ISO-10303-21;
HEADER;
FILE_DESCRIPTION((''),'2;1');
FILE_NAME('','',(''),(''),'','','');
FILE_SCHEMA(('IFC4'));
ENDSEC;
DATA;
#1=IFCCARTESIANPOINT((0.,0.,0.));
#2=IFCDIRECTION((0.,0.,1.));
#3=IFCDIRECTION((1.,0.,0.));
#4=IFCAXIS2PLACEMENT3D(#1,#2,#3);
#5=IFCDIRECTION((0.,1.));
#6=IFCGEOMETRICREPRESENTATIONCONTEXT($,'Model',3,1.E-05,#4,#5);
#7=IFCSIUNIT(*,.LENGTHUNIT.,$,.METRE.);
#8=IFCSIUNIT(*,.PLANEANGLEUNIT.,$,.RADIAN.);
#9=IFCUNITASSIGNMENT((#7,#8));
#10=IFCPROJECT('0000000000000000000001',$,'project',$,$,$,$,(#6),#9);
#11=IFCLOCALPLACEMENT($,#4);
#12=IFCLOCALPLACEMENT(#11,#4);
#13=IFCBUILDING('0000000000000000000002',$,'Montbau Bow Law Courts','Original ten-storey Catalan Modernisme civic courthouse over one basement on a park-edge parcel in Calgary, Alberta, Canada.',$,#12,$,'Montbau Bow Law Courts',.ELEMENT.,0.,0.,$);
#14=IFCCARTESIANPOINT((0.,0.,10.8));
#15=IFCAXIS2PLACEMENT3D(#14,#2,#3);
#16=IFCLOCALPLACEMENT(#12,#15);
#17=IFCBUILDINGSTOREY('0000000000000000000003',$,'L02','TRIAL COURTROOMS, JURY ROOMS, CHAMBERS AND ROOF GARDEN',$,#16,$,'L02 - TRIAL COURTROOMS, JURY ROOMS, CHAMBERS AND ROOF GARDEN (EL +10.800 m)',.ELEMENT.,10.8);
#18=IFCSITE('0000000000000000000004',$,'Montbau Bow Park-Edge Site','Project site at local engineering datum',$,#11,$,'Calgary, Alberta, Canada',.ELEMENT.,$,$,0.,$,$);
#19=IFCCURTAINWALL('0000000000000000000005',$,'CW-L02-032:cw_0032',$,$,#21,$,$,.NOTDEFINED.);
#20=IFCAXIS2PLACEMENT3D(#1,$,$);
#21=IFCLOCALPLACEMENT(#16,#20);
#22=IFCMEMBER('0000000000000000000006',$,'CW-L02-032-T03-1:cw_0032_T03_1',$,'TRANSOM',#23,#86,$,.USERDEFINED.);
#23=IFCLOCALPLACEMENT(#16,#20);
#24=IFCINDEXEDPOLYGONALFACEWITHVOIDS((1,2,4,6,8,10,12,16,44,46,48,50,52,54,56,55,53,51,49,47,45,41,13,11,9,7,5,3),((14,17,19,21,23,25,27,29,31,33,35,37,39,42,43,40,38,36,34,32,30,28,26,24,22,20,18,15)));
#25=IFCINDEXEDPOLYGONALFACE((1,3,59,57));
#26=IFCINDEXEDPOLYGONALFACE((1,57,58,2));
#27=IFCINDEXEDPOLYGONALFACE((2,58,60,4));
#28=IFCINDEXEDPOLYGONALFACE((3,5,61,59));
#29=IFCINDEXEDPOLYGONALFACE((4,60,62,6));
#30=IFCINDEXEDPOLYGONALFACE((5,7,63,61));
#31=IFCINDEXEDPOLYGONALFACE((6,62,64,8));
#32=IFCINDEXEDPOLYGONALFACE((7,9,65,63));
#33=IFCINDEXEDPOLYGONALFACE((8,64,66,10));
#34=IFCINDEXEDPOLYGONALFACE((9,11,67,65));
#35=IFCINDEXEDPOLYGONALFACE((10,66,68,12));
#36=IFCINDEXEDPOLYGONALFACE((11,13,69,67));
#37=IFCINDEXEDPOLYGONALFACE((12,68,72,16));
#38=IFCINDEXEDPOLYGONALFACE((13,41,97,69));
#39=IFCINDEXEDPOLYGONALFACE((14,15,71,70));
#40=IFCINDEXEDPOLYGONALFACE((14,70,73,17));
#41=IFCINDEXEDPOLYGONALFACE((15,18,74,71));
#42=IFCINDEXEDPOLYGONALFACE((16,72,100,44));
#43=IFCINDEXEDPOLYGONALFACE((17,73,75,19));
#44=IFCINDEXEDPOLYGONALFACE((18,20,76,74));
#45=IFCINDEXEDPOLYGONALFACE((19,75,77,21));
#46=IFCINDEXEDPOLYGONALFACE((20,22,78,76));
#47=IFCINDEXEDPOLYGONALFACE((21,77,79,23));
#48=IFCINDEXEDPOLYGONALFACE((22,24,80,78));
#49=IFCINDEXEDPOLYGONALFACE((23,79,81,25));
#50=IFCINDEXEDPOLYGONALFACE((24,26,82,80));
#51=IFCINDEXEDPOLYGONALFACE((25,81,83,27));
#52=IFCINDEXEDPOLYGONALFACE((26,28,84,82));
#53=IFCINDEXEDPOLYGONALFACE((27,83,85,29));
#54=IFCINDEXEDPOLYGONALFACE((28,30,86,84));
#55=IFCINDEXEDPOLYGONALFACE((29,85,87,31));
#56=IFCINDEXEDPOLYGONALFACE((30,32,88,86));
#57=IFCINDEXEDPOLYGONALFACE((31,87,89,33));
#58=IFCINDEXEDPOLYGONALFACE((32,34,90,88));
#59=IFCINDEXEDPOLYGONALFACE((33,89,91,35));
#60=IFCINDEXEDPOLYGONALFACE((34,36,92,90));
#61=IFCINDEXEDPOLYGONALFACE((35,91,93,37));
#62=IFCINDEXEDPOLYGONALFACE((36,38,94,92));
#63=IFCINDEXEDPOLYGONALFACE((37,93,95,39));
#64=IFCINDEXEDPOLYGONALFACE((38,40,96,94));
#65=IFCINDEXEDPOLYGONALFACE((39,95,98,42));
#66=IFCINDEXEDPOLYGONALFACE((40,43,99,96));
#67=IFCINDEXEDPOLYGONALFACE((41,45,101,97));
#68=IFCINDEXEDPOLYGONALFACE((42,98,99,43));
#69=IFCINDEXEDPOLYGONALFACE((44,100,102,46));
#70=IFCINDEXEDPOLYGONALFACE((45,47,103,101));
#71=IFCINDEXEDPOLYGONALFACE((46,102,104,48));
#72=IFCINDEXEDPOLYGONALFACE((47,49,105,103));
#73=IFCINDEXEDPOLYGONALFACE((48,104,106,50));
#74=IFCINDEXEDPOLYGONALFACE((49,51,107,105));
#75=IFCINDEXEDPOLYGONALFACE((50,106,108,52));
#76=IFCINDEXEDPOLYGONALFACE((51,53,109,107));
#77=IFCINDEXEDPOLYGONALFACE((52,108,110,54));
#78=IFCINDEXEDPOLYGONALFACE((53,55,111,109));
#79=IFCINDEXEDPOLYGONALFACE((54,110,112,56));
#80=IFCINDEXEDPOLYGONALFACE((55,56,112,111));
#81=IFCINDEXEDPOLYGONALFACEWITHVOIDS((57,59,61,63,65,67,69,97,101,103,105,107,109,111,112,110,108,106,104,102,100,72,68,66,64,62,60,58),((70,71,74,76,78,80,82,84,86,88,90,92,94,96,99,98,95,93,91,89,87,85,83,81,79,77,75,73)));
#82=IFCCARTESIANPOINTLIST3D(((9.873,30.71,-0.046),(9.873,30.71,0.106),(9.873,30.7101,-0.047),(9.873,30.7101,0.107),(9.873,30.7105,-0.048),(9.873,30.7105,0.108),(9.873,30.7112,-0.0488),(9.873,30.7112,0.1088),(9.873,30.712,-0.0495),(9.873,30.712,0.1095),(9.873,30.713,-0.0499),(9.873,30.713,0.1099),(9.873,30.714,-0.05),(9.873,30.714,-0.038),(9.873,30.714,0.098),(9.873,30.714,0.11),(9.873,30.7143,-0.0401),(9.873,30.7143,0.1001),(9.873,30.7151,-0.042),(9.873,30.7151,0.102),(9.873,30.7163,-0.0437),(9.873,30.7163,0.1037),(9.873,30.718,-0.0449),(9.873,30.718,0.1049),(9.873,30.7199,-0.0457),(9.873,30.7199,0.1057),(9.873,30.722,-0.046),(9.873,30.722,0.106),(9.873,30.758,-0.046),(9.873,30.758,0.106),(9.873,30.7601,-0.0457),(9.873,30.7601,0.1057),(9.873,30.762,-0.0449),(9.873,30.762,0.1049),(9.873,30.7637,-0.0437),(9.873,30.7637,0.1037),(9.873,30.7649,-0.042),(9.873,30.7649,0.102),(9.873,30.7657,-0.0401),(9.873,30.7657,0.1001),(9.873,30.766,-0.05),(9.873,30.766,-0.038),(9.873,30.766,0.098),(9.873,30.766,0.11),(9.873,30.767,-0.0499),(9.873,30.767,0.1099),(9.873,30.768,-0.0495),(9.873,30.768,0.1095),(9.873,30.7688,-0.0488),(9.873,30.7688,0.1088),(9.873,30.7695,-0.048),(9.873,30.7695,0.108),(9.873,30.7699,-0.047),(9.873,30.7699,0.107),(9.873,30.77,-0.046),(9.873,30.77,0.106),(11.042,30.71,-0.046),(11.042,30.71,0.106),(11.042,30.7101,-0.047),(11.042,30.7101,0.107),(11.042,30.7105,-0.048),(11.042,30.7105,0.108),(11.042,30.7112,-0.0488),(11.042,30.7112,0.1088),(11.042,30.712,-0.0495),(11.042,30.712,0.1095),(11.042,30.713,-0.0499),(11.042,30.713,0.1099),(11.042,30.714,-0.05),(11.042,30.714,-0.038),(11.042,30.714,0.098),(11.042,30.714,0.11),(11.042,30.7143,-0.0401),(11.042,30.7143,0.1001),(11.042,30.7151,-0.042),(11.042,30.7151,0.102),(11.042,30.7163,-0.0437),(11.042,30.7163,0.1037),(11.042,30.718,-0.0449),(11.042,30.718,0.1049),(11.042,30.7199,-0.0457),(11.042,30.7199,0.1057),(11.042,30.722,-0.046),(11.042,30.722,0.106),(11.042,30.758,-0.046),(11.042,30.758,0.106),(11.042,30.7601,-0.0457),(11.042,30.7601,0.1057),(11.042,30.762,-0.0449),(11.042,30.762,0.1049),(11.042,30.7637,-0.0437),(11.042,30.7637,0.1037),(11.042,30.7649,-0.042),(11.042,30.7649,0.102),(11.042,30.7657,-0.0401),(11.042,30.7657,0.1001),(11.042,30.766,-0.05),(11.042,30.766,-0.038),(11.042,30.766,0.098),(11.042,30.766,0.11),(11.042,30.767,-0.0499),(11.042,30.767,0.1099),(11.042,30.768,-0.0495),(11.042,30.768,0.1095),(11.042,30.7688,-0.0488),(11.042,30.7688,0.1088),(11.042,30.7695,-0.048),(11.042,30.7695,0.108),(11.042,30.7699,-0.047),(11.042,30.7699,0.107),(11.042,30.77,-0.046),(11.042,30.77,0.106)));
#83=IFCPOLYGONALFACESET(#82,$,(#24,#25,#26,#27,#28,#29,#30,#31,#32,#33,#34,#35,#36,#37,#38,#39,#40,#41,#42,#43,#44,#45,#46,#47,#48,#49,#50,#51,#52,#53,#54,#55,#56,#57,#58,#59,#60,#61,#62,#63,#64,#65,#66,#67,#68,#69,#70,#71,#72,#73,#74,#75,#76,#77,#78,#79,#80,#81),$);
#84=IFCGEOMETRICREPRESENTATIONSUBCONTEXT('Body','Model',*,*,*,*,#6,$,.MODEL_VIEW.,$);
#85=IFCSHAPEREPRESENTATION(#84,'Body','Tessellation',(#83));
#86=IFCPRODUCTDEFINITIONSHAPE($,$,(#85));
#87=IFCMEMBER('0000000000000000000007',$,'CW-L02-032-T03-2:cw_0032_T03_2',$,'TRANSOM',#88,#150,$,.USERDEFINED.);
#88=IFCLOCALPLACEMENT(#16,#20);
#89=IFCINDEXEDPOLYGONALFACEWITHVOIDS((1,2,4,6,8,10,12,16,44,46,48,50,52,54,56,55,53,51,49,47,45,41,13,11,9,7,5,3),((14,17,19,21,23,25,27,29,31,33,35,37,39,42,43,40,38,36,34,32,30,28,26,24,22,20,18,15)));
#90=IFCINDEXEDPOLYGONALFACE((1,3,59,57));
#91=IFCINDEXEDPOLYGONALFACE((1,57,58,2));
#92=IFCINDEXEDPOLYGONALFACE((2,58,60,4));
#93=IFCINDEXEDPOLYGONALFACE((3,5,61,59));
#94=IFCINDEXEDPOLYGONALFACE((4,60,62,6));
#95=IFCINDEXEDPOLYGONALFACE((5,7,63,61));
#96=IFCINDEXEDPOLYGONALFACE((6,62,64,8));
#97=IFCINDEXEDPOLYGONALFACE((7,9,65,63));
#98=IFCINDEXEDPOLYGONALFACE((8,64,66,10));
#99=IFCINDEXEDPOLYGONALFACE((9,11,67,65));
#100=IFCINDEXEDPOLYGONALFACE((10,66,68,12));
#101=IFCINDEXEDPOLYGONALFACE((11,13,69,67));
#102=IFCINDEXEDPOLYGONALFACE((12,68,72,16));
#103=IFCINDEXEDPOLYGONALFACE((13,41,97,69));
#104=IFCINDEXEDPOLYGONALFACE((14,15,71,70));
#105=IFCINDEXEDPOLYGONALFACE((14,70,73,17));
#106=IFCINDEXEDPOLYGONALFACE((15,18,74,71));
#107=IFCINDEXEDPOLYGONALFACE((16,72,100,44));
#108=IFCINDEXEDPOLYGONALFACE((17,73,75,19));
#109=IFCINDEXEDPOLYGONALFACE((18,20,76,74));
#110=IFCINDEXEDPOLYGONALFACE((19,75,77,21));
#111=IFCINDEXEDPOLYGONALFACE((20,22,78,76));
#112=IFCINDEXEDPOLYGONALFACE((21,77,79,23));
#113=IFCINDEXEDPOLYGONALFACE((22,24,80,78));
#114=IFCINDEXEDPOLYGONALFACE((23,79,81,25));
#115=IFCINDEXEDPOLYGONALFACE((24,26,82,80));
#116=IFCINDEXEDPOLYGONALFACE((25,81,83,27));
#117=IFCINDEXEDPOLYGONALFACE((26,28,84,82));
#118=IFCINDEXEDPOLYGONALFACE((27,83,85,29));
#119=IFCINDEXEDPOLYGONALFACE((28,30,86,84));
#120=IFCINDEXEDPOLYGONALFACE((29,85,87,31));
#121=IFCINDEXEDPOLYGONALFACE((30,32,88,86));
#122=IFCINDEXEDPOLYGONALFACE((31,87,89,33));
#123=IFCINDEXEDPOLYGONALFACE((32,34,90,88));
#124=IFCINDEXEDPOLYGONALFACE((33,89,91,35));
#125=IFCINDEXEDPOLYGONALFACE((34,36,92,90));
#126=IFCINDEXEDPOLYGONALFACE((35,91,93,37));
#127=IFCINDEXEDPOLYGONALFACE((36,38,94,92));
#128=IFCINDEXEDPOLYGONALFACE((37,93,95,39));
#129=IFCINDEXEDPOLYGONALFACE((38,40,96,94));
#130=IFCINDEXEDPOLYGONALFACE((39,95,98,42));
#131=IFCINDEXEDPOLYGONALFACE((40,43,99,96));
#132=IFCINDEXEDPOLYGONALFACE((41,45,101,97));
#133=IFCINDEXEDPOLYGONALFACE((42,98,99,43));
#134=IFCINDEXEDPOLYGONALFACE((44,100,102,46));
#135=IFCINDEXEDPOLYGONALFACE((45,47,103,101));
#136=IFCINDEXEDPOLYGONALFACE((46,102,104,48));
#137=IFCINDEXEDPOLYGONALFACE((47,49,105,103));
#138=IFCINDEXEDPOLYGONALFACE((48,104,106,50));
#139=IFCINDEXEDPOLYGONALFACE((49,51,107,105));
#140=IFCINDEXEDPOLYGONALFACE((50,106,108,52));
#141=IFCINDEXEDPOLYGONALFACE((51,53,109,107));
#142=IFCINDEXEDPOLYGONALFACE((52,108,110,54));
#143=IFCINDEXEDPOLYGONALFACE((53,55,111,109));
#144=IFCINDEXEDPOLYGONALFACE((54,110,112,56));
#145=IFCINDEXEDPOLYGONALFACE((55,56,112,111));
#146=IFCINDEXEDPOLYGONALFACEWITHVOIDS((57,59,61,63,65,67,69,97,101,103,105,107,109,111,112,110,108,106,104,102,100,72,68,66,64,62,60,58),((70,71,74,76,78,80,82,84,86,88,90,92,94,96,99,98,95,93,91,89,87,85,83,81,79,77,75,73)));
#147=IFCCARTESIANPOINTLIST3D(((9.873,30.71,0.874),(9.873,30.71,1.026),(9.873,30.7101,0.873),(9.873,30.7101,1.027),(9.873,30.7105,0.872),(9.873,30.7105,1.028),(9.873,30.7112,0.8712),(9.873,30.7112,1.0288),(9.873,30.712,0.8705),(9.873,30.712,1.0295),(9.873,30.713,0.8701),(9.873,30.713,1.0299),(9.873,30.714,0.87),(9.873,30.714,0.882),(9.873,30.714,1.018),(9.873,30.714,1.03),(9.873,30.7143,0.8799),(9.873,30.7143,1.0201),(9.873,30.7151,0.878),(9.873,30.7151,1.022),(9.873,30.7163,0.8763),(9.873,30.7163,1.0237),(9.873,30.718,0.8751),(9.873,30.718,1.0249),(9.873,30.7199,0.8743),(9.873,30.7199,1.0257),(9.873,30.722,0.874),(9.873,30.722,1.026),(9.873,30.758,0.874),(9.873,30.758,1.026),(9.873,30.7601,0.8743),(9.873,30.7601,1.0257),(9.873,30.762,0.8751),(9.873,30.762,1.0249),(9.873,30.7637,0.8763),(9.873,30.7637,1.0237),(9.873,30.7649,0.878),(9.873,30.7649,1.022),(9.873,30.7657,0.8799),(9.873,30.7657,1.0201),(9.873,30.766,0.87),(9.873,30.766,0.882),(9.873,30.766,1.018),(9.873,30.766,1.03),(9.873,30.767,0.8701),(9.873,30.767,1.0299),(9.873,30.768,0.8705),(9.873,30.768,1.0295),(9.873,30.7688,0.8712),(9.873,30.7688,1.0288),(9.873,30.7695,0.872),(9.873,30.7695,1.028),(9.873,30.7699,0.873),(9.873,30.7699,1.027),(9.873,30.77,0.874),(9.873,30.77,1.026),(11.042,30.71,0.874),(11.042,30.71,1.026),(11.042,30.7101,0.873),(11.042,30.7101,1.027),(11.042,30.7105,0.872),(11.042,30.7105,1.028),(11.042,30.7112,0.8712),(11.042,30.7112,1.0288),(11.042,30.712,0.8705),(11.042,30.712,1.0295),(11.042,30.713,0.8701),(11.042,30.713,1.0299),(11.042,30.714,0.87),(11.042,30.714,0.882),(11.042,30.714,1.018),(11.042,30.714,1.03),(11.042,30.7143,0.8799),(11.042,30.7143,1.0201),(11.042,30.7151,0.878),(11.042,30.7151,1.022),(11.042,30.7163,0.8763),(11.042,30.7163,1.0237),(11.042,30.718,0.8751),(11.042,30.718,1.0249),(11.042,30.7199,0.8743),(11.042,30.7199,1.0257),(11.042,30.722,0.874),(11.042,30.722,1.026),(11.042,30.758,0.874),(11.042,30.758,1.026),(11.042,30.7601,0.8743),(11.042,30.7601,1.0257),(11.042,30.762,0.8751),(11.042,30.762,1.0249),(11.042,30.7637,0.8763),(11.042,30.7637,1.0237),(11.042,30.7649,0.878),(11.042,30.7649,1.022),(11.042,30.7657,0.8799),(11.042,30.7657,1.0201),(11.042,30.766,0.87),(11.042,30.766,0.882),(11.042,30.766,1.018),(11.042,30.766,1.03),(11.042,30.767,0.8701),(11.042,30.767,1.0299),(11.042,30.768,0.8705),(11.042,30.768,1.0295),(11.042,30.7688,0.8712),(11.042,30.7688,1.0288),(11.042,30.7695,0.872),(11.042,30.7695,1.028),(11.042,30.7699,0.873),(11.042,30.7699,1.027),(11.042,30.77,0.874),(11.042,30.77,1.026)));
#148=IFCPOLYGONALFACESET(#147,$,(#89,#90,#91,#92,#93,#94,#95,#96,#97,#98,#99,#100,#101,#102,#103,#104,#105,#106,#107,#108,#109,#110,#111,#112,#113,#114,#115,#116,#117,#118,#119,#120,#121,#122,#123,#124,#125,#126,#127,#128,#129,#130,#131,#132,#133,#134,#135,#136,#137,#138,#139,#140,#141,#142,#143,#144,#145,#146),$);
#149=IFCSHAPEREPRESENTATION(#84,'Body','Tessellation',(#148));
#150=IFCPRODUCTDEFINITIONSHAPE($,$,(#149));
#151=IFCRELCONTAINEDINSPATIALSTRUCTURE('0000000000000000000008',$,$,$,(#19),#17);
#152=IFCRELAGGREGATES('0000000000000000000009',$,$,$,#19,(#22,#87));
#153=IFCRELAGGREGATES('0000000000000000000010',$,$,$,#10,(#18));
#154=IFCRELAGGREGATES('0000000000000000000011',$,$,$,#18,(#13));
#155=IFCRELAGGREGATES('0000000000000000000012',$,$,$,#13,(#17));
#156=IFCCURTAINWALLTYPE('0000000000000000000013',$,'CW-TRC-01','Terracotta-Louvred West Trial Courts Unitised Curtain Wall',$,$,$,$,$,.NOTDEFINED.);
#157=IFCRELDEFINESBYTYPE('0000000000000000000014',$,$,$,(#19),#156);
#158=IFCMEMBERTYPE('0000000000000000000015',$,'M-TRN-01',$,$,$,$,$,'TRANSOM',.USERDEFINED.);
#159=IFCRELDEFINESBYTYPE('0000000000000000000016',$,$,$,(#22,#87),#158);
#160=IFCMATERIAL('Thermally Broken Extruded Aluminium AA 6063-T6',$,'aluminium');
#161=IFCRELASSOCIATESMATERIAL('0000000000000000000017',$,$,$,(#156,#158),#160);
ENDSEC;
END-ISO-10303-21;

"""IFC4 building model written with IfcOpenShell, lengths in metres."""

from ifc_helpers import new_model, si_unit, direction, frame, origin_with_axes, origin_2d_with_axis, place, context, subcontext, project, spatial, hollow_rectangle, extrude, material, material_profile, profile_set, type_object, element, aggregate, save


model = new_model("IFC4")

# Units and contexts
model_context = context("Model", 3, precision=1e-05, world=origin_with_axes(), true_north=direction((0.0, 1.0)))
body_context = subcontext(model_context, "Body", "Model", "MODEL_VIEW")
ifc_project = project(units=[si_unit("LENGTHUNIT", "METRE"), si_unit("PLANEANGLEUNIT", "RADIAN")], contexts=[model_context])

# Site, building, storey
site_placement = place(None, origin_with_axes())
site = spatial("IfcSite", under=ifc_project, at=site_placement, Name="Montbau Bow Park-Edge Site", Description="Project site at local engineering datum", LongName="Calgary, Alberta, Canada", CompositionType="ELEMENT", RefElevation=0.0)
building_placement = place(site_placement, origin_with_axes())
building = spatial("IfcBuilding", under=site, at=building_placement, Name="Montbau Bow Law Courts", Description="Original ten-storey Catalan Modernisme civic courthouse over one basement on a park-edge parcel in Calgary, Alberta, Canada.", LongName="Montbau Bow Law Courts", CompositionType="ELEMENT", ElevationOfRefHeight=0.0, ElevationOfTerrain=0.0)
storey_placement = place(building_placement, frame((0.0, 0.0, 10.8), z_axis=(0.0, 0.0, 1.0), x_axis=(1.0, 0.0, 0.0)))
storey = spatial("IfcBuildingStorey", under=building, at=storey_placement, Name="L02", Description="TRIAL COURTROOMS, JURY ROOMS, CHAMBERS AND ROOF GARDEN", LongName="L02 - TRIAL COURTROOMS, JURY ROOMS, CHAMBERS AND ROOF GARDEN (EL +10.800 m)", CompositionType="ELEMENT", Elevation=10.8)

# Shared definitions
ifc_material_1 = material(Name="Thermally Broken Extruded Aluminium AA 6063-T6", Category="aluminium")
curtain_wall_type = type_object("IfcCurtainWallType", Name="CW-TRC-01", Description="Terracotta-Louvred West Trial Courts Unitised Curtain Wall", PredefinedType="NOTDEFINED", material=ifc_material_1)

# Curtain wall
curtain_wall_1_placement = place(None, frame((7.315, 30.74, 10.8), z_axis=(0.0, 0.0, 1.0), x_axis=(1.0, 0.0, 0.0)))
curtain_wall_1 = element("IfcCurtainWall", 1, at=curtain_wall_1_placement, inside=storey, type_object=curtain_wall_type, Name="CW-L02-032:cw_0032", PredefinedType="NOTDEFINED")

# Members
ifc_material_profile_1 = material_profile(ifc_material_1, hollow_rectangle(XDim=0.06, YDim=0.16, WallThickness=0.004, InnerFilletRadius=0.008, OuterFilletRadius=0.004, at=origin_2d_with_axis()), Name="CWT-160X60", Category="Main", Priority=0)
ifc_profile_set_1 = profile_set([ifc_material_profile_1], Name="Thermally Broken Extruded Aluminium AA 6063-T6")
member_type_1 = type_object("IfcMemberType", Name="M-TRN-01", ElementType="TRANSOM", PredefinedType="USERDEFINED", material=ifc_profile_set_1)
member_1_placement = place(None, frame((9.873, 30.74, 10.83), z_axis=(1.0, 0.0, 0.0), x_axis=(0.0, 1.0, 0.0)))
member_1 = element("IfcMember", 2, at=member_1_placement, type_object=member_type_1, Name="CW-L02-032-T03-1:cw_0032_T03_1", ObjectType="TRANSOM", PredefinedType="USERDEFINED", context=body_context, shape_type="SweptSolid", body=[
    extrude(hollow_rectangle(XDim=0.06, YDim=0.16, WallThickness=0.004, InnerFilletRadius=0.008, OuterFilletRadius=0.004, at=origin_2d_with_axis()), origin_with_axes(), (0.0, 0.0, 1.0), 1.169),
])
member_2_placement = place(None, frame((9.873, 30.74, 11.75), z_axis=(1.0, 0.0, 0.0), x_axis=(0.0, 1.0, 0.0)))
member_2 = element("IfcMember", 3, at=member_2_placement, type_object=member_type_1, Name="CW-L02-032-T03-2:cw_0032_T03_2", ObjectType="TRANSOM", PredefinedType="USERDEFINED", context=body_context, shape_type="SweptSolid", body=[
    extrude(hollow_rectangle(XDim=0.06, YDim=0.16, WallThickness=0.004, InnerFilletRadius=0.008, OuterFilletRadius=0.004, at=origin_2d_with_axis()), origin_with_axes(), (0.0, 0.0, 1.0), 1.169),
])

aggregate(curtain_wall_1, [member_1, member_2])

save(model, "model.ifc")
